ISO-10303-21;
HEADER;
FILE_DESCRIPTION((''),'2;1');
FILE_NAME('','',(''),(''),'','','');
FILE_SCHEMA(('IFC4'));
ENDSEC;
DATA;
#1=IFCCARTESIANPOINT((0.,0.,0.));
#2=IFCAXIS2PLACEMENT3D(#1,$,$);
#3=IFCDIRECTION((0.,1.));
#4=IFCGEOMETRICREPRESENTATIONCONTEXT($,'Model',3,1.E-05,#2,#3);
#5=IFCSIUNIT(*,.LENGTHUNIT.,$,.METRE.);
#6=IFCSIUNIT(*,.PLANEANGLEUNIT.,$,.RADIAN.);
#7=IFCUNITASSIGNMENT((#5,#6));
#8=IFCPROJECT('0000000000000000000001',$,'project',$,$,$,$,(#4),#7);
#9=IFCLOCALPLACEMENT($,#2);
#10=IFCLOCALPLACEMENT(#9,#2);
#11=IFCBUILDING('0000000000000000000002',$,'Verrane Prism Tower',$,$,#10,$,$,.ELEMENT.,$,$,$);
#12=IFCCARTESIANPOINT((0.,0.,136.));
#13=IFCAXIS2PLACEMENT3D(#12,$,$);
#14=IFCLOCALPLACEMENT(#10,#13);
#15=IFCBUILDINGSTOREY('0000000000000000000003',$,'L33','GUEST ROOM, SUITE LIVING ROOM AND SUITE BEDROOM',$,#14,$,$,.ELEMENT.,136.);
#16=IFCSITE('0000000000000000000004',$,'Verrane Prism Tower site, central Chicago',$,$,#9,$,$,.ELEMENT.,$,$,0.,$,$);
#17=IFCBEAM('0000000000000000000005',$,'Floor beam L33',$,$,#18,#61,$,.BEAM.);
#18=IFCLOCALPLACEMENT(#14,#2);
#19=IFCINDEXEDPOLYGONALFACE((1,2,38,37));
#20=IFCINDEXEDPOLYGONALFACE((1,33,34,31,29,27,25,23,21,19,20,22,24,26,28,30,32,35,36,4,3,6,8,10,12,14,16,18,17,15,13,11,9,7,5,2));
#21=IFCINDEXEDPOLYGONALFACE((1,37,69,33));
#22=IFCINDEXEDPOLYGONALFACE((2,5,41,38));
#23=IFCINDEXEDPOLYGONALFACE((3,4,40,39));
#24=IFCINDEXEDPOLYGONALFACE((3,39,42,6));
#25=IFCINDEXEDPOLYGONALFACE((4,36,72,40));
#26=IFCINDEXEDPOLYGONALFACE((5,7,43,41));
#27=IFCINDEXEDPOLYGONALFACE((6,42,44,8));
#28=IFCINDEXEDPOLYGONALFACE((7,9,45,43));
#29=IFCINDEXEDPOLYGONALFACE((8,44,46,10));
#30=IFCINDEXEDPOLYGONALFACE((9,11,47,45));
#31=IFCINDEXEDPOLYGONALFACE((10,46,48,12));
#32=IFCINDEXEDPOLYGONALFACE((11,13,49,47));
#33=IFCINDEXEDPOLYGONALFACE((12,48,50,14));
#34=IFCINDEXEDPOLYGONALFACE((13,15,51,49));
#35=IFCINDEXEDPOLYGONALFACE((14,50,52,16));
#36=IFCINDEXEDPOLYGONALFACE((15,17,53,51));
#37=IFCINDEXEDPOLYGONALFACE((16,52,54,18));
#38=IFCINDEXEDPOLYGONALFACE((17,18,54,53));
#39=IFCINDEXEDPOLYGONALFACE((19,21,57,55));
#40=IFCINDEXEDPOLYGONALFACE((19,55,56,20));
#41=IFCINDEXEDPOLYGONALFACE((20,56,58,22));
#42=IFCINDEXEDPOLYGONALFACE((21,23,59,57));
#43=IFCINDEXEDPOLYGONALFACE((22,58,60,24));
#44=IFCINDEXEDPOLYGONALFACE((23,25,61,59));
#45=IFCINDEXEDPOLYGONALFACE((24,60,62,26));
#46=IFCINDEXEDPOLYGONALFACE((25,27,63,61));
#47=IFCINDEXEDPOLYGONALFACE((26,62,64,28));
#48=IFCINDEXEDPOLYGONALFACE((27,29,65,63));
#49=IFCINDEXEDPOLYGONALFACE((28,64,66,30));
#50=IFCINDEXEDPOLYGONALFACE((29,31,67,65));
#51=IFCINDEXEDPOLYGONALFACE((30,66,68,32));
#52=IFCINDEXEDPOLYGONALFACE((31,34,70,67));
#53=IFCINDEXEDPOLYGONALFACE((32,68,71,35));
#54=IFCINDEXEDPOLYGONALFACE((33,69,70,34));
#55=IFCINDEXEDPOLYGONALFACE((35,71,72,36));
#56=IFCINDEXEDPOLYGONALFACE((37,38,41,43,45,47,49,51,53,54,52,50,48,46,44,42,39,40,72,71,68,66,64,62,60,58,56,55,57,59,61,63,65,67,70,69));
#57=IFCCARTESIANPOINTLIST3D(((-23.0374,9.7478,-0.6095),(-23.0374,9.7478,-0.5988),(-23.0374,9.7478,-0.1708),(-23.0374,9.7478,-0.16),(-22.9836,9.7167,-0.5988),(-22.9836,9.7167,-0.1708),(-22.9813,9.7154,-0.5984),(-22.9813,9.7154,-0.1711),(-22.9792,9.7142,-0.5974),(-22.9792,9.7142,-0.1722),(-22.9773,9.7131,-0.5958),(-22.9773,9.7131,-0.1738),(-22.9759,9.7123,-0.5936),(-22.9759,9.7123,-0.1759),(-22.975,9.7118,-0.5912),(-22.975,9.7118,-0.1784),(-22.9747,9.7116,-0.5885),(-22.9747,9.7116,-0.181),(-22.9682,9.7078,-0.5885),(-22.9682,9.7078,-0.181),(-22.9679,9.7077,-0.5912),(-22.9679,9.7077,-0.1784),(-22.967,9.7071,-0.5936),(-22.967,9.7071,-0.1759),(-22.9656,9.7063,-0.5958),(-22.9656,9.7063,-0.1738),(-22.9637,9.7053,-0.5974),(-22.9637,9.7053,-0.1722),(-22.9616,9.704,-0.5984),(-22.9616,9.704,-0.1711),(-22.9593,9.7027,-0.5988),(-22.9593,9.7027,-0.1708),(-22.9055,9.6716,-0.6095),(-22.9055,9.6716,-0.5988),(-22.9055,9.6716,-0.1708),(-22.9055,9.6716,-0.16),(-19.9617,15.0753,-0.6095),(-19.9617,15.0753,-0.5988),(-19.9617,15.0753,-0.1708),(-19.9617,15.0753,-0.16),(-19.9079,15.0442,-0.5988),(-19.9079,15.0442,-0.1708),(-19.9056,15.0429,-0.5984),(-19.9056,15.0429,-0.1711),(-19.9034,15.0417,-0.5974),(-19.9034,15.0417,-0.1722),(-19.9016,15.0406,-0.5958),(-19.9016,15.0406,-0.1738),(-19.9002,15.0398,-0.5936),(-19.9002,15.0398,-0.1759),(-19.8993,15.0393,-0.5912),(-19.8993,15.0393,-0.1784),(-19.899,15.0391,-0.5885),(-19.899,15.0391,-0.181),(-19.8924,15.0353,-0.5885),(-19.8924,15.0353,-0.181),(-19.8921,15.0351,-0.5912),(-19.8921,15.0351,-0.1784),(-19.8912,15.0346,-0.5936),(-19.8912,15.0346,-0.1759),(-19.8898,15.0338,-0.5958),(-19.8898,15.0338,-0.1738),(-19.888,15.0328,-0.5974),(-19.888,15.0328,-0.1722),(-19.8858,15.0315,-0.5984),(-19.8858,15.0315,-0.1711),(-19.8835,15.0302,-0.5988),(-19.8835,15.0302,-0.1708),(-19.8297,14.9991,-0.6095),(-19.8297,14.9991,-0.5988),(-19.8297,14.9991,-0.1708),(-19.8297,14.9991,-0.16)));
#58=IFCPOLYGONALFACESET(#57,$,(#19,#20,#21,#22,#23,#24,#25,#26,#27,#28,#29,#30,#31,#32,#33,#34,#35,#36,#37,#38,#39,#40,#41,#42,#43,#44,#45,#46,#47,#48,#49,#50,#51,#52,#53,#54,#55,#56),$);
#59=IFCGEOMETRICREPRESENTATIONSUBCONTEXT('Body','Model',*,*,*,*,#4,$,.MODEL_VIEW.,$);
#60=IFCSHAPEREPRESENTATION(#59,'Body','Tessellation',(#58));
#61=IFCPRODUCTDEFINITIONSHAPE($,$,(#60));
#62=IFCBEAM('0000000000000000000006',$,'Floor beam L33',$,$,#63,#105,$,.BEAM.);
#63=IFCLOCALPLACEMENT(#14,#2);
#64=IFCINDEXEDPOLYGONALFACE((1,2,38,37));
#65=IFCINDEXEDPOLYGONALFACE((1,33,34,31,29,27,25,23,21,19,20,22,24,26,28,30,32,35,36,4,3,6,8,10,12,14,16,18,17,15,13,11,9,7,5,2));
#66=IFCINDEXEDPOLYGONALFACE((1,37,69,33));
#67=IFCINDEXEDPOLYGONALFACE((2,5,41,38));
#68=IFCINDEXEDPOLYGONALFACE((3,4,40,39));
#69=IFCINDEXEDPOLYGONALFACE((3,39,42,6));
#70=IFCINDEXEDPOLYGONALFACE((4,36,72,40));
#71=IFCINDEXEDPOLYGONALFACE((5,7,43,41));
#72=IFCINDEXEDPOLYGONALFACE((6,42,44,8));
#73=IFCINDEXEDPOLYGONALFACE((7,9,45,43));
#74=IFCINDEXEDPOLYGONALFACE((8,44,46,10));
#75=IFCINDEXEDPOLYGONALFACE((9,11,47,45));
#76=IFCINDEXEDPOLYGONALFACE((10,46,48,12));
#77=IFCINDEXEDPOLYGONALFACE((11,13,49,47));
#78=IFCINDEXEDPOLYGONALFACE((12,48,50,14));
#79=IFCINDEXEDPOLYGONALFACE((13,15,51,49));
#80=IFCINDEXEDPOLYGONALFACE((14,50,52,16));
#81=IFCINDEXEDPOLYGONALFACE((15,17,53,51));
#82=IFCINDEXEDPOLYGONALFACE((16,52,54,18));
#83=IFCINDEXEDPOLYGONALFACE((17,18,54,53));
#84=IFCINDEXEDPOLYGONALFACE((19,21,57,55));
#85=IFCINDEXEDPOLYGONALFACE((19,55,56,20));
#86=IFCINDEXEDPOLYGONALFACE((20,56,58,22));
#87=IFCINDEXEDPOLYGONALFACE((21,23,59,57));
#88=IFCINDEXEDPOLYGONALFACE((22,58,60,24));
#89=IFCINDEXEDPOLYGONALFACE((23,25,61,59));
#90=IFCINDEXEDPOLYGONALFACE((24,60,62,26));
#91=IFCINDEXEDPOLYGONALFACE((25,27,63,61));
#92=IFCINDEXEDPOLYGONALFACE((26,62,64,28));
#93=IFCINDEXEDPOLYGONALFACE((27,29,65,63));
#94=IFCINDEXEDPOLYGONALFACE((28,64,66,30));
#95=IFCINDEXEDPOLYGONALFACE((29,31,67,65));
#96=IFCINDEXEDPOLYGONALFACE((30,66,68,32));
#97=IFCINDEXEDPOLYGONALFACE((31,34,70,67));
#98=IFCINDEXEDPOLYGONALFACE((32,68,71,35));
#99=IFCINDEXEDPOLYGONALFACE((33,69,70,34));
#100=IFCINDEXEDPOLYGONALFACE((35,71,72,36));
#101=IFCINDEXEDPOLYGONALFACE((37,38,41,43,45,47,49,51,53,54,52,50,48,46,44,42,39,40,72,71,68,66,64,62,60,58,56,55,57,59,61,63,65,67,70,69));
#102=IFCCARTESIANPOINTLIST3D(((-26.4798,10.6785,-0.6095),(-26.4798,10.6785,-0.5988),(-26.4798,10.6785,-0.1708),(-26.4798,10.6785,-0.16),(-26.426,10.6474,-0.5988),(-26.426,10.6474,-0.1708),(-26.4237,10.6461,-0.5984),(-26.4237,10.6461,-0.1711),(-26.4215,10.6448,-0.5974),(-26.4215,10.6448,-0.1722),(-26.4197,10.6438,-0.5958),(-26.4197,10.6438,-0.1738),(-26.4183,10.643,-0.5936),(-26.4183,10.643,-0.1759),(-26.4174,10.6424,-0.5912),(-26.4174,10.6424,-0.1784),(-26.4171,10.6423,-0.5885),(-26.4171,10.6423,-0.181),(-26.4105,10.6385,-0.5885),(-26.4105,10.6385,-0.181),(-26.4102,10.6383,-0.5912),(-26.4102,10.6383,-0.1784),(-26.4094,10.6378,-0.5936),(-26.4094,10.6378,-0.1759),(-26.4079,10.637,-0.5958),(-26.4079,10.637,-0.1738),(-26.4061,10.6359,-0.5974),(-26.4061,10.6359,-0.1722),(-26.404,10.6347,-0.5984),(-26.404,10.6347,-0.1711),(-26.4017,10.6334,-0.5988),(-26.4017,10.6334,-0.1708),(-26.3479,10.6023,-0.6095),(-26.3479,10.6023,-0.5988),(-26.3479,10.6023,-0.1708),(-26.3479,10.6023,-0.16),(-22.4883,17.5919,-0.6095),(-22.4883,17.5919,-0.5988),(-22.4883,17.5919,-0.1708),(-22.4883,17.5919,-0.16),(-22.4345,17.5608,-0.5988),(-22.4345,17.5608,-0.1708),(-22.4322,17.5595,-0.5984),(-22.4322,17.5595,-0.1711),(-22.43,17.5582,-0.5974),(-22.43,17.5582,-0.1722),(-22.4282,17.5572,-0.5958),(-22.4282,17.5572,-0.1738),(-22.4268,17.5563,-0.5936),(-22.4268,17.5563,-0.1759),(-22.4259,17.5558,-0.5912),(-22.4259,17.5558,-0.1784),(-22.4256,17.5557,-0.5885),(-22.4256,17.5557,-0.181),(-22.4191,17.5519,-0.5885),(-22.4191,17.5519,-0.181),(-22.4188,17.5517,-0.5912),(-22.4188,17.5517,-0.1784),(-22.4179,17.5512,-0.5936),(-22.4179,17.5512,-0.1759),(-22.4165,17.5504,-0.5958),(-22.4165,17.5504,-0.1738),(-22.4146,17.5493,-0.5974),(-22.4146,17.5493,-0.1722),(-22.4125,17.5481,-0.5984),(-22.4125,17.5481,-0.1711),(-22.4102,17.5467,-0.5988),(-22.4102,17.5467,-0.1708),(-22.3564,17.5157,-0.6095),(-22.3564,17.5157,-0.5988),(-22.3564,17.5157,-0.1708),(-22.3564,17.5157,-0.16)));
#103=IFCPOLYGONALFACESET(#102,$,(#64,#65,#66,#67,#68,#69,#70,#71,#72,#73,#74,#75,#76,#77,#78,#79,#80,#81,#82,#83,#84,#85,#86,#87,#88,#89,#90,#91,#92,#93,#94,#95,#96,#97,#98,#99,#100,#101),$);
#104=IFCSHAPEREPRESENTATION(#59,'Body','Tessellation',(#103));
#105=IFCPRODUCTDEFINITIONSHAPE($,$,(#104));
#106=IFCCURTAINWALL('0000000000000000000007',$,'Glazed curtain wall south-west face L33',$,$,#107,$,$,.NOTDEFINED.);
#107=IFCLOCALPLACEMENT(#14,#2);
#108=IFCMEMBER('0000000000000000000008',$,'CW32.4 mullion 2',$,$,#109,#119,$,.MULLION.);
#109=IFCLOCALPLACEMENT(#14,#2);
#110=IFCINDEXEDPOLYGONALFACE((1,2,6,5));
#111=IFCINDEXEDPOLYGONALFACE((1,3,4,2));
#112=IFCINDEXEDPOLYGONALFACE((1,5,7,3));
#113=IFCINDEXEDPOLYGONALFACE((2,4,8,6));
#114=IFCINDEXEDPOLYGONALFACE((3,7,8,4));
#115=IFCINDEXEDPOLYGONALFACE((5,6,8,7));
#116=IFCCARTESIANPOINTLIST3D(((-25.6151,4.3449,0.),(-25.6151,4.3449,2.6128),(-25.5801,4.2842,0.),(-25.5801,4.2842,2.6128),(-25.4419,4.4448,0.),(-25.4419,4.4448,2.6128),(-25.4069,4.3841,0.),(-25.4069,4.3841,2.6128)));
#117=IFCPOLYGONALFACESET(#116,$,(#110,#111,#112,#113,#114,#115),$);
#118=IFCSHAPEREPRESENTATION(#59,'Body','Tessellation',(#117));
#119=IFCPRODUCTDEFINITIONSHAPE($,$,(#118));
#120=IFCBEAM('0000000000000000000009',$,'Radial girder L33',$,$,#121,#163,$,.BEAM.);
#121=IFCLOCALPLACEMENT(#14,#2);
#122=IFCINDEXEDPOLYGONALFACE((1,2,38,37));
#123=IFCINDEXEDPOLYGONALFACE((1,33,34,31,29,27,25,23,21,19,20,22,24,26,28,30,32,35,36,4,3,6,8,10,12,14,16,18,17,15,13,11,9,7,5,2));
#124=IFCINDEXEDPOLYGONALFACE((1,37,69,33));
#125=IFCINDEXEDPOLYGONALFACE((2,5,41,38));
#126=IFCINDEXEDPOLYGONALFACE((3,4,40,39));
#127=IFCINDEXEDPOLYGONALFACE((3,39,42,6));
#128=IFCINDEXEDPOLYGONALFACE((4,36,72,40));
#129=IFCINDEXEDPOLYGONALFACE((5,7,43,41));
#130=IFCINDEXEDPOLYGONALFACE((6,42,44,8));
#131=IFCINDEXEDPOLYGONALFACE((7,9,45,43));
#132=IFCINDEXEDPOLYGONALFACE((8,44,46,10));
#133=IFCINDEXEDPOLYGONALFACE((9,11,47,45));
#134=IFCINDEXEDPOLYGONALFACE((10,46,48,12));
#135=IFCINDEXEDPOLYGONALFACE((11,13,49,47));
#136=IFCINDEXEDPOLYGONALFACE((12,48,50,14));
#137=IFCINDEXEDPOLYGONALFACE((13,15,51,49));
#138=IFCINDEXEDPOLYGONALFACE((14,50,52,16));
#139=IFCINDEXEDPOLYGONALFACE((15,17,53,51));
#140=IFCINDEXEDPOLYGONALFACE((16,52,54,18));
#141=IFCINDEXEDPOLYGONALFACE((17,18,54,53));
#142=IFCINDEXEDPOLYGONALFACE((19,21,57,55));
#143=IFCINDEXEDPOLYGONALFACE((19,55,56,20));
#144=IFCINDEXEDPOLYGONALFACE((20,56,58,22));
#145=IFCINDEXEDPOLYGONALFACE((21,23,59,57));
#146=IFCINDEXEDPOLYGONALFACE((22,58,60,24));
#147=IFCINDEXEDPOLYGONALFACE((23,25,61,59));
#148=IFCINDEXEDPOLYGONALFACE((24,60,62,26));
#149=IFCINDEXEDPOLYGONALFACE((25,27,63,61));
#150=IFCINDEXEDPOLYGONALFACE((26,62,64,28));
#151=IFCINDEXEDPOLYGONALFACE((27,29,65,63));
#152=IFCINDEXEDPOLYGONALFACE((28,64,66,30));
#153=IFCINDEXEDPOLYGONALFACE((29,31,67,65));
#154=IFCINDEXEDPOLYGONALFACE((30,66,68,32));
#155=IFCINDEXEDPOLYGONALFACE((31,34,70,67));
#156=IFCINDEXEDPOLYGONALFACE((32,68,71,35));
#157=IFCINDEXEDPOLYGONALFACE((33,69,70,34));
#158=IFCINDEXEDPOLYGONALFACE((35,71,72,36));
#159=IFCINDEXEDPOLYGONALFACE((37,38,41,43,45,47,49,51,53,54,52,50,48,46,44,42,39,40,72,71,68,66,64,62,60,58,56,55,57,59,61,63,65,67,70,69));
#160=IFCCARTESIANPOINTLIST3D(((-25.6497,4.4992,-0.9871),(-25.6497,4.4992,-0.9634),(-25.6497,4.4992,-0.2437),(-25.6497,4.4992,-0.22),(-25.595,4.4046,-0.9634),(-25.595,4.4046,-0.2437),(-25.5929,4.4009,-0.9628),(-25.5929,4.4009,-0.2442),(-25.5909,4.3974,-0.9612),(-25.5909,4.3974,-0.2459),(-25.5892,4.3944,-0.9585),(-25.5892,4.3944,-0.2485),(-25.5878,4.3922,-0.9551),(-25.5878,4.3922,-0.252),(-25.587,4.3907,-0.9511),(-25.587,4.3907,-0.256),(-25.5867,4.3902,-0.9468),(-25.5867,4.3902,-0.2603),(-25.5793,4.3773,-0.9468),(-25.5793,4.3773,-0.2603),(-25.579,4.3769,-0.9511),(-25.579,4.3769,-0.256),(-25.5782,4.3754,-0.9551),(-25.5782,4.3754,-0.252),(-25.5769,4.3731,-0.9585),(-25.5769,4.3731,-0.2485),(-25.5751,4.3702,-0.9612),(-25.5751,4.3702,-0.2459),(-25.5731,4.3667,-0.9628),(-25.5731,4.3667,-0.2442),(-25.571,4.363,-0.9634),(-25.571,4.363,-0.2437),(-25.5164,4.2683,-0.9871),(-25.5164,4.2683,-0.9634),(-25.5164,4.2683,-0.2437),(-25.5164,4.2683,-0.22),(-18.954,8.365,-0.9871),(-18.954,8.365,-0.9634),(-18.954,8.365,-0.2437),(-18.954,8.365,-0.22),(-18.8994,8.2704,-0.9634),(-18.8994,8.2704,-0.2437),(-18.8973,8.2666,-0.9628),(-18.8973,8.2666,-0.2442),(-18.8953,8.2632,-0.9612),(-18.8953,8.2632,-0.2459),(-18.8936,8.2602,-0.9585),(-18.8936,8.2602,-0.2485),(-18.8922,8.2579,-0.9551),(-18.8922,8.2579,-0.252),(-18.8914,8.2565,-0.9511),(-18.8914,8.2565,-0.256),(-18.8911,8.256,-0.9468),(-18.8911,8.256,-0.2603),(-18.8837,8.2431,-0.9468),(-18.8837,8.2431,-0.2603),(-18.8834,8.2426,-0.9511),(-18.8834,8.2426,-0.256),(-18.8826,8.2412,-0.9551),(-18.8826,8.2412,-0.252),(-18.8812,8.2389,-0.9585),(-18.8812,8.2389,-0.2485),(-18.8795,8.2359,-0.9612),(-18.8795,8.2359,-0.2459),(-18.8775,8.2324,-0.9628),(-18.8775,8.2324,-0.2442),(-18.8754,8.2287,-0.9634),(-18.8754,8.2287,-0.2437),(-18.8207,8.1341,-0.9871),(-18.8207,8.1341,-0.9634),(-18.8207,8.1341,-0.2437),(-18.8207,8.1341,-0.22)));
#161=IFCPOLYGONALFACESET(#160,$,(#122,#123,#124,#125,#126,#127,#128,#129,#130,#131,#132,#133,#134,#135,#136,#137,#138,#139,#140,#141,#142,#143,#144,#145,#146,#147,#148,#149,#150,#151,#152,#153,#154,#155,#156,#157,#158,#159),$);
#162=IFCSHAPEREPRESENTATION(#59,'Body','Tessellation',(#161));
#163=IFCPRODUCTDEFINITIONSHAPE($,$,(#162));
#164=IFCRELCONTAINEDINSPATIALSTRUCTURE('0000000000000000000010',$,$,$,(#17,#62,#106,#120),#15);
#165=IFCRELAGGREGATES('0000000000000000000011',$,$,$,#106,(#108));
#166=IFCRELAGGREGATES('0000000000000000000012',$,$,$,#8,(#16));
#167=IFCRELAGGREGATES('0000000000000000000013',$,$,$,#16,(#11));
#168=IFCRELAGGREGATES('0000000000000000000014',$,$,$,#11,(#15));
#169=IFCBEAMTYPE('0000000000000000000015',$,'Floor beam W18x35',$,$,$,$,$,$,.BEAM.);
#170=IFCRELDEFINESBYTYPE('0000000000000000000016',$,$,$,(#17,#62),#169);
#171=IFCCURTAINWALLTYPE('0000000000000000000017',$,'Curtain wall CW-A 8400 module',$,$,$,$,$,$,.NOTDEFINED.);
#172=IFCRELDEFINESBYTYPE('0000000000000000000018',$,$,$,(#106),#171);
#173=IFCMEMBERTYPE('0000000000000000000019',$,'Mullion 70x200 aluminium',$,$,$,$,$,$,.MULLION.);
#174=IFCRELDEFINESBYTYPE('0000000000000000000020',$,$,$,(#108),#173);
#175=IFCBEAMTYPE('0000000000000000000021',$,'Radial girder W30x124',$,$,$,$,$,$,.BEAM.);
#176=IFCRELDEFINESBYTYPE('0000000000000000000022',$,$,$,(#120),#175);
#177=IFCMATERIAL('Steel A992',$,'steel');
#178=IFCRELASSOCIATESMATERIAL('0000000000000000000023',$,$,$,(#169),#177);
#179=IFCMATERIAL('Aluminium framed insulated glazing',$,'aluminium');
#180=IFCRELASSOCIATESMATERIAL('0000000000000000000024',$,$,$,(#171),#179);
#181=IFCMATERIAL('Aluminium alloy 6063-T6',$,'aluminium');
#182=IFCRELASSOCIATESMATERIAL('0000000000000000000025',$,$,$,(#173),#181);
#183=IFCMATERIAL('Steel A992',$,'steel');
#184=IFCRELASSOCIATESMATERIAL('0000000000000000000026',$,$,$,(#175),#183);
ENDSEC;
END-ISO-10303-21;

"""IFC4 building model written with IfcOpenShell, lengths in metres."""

from ifc_helpers import new_model, si_unit, direction, frame, origin, origin_2d, place, context, subcontext, project, spatial, rectangle, i_section, extrude, material, material_profile, profile_set, type_object, element, aggregate, save


model = new_model("IFC4")

# Units and contexts
model_context = context("Model", 3, precision=1e-05, world=origin(), true_north=direction((0.0, 1.0)))
body_context = subcontext(model_context, "Body", "Model", "MODEL_VIEW")
ifc_project = project(units=[si_unit("LENGTHUNIT", "METRE"), si_unit("PLANEANGLEUNIT", "RADIAN")], contexts=[model_context])

# Site, building, storey
site_placement = place(None, origin())
site = spatial("IfcSite", under=ifc_project, at=site_placement, Name="Verrane Prism Tower site, central Chicago", CompositionType="ELEMENT", RefElevation=0.0)
building_placement = place(site_placement, origin())
building = spatial("IfcBuilding", under=site, at=building_placement, Name="Verrane Prism Tower", CompositionType="ELEMENT")
storey_placement = place(building_placement, frame((0.0, 0.0, 136.0)))
storey = spatial("IfcBuildingStorey", under=building, at=storey_placement, Name="L33", Description="GUEST ROOM, SUITE LIVING ROOM AND SUITE BEDROOM", CompositionType="ELEMENT", Elevation=136.0)

# Beams
ifc_material_1 = material(Name="Steel A992", Category="steel")
ifc_material_profile_1 = material_profile(ifc_material_1, i_section(OverallWidth=0.1523, OverallDepth=0.4495, WebThickness=0.0076, FlangeThickness=0.0107, FilletRadius=0.0103, at=origin_2d()), Name="W18x35")
ifc_profile_set_1 = profile_set([ifc_material_profile_1], Name="Steel A992")
beam_type_1 = type_object("IfcBeamType", Name="Floor beam W18x35", PredefinedType="BEAM", material=ifc_profile_set_1)
beam_1_placement = place(storey_placement, frame((-22.9714, 9.7097, -0.3848), z_axis=(0.499989, 0.866032, 0.0), x_axis=(-0.866032, 0.499989, 0.0)))
element("IfcBeam", 1, at=beam_1_placement, inside=storey, type_object=beam_type_1, Name="Floor beam L33", PredefinedType="BEAM", context=body_context, shape_type="SweptSolid", body=[
    extrude(i_section(OverallWidth=0.1523, OverallDepth=0.4495, WebThickness=0.0076, FlangeThickness=0.0107, FilletRadius=0.0103, at=origin_2d()), origin(), (0.0, 0.0, 1.0), 6.1516),
])
beam_2_placement = place(storey_placement, frame((-26.4138, 10.6404, -0.3848), z_axis=(0.500004, 0.866023, 0.0), x_axis=(-0.866023, 0.500004, 0.0)))
element("IfcBeam", 2, at=beam_2_placement, inside=storey, type_object=beam_type_1, Name="Floor beam L33", PredefinedType="BEAM", context=body_context, shape_type="SweptSolid", body=[
    extrude(i_section(OverallWidth=0.1523, OverallDepth=0.4495, WebThickness=0.0076, FlangeThickness=0.0107, FilletRadius=0.0103, at=origin_2d()), origin(), (0.0, 0.0, 1.0), 7.9829),
])

# Curtain wall, member
ifc_material_2 = material(Name="Aluminium framed insulated glazing", Category="aluminium")
curtain_wall_type = type_object("IfcCurtainWallType", Name="Curtain wall CW-A 8400 module", PredefinedType="NOTDEFINED", material=ifc_material_2)
curtain_wall_placement = place(storey_placement, origin())
curtain_wall = element("IfcCurtainWall", 3, at=curtain_wall_placement, inside=storey, type_object=curtain_wall_type, Name="Glazed curtain wall south-west face L33", PredefinedType="NOTDEFINED")
ifc_material_3 = material(Name="Aluminium alloy 6063-T6", Category="aluminium")
ifc_material_profile_2 = material_profile(ifc_material_3, rectangle(XDim=0.2, YDim=0.0701, at=origin_2d()), Name="Mullion 70x200 aluminium")
ifc_profile_set_2 = profile_set([ifc_material_profile_2], Name="Aluminium alloy 6063-T6")
member_type_1 = type_object("IfcMemberType", Name="Mullion 70x200 aluminium", PredefinedType="MULLION", material=ifc_profile_set_2)
member_1_placement = place(storey_placement, frame((-25.511, 4.3645, 0.0), z_axis=(0.0, 0.0, 1.0), x_axis=(0.866025, 0.5, 0.0)))
member_1 = element("IfcMember", 4, at=member_1_placement, type_object=member_type_1, Name="CW32.4 mullion 2", PredefinedType="MULLION", context=body_context, shape_type="SweptSolid", body=[
    extrude(rectangle(XDim=0.2, YDim=0.0701, at=origin_2d()), origin(), (0.0, 0.0, 1.0), 2.6128),
])

# Beam
ifc_material_4 = material(Name="Steel A992", Category="steel")
ifc_material_profile_3 = material_profile(ifc_material_4, i_section(OverallWidth=0.2666, OverallDepth=0.7671, WebThickness=0.0149, FlangeThickness=0.0237, FilletRadius=0.0166, at=origin_2d()), Name="W30x124")
ifc_profile_set_3 = profile_set([ifc_material_profile_3], Name="Steel A992")
beam_type_2 = type_object("IfcBeamType", Name="Radial girder W30x124", PredefinedType="BEAM", material=ifc_profile_set_3)
beam_3_placement = place(storey_placement, frame((-25.583, 4.3838, -0.6035), z_axis=(0.866023, 0.500004, 0.0), x_axis=(-0.500004, 0.866023, 0.0)))
element("IfcBeam", 5, at=beam_3_placement, inside=storey, type_object=beam_type_2, Name="Radial girder L33", PredefinedType="BEAM", context=body_context, shape_type="SweptSolid", body=[
    extrude(i_section(OverallWidth=0.2666, OverallDepth=0.7671, WebThickness=0.0149, FlangeThickness=0.0237, FilletRadius=0.0166, at=origin_2d()), origin(), (0.0, 0.0, 1.0), 7.7314),
])

aggregate(curtain_wall, [member_1])

save(model, "model.ifc")
